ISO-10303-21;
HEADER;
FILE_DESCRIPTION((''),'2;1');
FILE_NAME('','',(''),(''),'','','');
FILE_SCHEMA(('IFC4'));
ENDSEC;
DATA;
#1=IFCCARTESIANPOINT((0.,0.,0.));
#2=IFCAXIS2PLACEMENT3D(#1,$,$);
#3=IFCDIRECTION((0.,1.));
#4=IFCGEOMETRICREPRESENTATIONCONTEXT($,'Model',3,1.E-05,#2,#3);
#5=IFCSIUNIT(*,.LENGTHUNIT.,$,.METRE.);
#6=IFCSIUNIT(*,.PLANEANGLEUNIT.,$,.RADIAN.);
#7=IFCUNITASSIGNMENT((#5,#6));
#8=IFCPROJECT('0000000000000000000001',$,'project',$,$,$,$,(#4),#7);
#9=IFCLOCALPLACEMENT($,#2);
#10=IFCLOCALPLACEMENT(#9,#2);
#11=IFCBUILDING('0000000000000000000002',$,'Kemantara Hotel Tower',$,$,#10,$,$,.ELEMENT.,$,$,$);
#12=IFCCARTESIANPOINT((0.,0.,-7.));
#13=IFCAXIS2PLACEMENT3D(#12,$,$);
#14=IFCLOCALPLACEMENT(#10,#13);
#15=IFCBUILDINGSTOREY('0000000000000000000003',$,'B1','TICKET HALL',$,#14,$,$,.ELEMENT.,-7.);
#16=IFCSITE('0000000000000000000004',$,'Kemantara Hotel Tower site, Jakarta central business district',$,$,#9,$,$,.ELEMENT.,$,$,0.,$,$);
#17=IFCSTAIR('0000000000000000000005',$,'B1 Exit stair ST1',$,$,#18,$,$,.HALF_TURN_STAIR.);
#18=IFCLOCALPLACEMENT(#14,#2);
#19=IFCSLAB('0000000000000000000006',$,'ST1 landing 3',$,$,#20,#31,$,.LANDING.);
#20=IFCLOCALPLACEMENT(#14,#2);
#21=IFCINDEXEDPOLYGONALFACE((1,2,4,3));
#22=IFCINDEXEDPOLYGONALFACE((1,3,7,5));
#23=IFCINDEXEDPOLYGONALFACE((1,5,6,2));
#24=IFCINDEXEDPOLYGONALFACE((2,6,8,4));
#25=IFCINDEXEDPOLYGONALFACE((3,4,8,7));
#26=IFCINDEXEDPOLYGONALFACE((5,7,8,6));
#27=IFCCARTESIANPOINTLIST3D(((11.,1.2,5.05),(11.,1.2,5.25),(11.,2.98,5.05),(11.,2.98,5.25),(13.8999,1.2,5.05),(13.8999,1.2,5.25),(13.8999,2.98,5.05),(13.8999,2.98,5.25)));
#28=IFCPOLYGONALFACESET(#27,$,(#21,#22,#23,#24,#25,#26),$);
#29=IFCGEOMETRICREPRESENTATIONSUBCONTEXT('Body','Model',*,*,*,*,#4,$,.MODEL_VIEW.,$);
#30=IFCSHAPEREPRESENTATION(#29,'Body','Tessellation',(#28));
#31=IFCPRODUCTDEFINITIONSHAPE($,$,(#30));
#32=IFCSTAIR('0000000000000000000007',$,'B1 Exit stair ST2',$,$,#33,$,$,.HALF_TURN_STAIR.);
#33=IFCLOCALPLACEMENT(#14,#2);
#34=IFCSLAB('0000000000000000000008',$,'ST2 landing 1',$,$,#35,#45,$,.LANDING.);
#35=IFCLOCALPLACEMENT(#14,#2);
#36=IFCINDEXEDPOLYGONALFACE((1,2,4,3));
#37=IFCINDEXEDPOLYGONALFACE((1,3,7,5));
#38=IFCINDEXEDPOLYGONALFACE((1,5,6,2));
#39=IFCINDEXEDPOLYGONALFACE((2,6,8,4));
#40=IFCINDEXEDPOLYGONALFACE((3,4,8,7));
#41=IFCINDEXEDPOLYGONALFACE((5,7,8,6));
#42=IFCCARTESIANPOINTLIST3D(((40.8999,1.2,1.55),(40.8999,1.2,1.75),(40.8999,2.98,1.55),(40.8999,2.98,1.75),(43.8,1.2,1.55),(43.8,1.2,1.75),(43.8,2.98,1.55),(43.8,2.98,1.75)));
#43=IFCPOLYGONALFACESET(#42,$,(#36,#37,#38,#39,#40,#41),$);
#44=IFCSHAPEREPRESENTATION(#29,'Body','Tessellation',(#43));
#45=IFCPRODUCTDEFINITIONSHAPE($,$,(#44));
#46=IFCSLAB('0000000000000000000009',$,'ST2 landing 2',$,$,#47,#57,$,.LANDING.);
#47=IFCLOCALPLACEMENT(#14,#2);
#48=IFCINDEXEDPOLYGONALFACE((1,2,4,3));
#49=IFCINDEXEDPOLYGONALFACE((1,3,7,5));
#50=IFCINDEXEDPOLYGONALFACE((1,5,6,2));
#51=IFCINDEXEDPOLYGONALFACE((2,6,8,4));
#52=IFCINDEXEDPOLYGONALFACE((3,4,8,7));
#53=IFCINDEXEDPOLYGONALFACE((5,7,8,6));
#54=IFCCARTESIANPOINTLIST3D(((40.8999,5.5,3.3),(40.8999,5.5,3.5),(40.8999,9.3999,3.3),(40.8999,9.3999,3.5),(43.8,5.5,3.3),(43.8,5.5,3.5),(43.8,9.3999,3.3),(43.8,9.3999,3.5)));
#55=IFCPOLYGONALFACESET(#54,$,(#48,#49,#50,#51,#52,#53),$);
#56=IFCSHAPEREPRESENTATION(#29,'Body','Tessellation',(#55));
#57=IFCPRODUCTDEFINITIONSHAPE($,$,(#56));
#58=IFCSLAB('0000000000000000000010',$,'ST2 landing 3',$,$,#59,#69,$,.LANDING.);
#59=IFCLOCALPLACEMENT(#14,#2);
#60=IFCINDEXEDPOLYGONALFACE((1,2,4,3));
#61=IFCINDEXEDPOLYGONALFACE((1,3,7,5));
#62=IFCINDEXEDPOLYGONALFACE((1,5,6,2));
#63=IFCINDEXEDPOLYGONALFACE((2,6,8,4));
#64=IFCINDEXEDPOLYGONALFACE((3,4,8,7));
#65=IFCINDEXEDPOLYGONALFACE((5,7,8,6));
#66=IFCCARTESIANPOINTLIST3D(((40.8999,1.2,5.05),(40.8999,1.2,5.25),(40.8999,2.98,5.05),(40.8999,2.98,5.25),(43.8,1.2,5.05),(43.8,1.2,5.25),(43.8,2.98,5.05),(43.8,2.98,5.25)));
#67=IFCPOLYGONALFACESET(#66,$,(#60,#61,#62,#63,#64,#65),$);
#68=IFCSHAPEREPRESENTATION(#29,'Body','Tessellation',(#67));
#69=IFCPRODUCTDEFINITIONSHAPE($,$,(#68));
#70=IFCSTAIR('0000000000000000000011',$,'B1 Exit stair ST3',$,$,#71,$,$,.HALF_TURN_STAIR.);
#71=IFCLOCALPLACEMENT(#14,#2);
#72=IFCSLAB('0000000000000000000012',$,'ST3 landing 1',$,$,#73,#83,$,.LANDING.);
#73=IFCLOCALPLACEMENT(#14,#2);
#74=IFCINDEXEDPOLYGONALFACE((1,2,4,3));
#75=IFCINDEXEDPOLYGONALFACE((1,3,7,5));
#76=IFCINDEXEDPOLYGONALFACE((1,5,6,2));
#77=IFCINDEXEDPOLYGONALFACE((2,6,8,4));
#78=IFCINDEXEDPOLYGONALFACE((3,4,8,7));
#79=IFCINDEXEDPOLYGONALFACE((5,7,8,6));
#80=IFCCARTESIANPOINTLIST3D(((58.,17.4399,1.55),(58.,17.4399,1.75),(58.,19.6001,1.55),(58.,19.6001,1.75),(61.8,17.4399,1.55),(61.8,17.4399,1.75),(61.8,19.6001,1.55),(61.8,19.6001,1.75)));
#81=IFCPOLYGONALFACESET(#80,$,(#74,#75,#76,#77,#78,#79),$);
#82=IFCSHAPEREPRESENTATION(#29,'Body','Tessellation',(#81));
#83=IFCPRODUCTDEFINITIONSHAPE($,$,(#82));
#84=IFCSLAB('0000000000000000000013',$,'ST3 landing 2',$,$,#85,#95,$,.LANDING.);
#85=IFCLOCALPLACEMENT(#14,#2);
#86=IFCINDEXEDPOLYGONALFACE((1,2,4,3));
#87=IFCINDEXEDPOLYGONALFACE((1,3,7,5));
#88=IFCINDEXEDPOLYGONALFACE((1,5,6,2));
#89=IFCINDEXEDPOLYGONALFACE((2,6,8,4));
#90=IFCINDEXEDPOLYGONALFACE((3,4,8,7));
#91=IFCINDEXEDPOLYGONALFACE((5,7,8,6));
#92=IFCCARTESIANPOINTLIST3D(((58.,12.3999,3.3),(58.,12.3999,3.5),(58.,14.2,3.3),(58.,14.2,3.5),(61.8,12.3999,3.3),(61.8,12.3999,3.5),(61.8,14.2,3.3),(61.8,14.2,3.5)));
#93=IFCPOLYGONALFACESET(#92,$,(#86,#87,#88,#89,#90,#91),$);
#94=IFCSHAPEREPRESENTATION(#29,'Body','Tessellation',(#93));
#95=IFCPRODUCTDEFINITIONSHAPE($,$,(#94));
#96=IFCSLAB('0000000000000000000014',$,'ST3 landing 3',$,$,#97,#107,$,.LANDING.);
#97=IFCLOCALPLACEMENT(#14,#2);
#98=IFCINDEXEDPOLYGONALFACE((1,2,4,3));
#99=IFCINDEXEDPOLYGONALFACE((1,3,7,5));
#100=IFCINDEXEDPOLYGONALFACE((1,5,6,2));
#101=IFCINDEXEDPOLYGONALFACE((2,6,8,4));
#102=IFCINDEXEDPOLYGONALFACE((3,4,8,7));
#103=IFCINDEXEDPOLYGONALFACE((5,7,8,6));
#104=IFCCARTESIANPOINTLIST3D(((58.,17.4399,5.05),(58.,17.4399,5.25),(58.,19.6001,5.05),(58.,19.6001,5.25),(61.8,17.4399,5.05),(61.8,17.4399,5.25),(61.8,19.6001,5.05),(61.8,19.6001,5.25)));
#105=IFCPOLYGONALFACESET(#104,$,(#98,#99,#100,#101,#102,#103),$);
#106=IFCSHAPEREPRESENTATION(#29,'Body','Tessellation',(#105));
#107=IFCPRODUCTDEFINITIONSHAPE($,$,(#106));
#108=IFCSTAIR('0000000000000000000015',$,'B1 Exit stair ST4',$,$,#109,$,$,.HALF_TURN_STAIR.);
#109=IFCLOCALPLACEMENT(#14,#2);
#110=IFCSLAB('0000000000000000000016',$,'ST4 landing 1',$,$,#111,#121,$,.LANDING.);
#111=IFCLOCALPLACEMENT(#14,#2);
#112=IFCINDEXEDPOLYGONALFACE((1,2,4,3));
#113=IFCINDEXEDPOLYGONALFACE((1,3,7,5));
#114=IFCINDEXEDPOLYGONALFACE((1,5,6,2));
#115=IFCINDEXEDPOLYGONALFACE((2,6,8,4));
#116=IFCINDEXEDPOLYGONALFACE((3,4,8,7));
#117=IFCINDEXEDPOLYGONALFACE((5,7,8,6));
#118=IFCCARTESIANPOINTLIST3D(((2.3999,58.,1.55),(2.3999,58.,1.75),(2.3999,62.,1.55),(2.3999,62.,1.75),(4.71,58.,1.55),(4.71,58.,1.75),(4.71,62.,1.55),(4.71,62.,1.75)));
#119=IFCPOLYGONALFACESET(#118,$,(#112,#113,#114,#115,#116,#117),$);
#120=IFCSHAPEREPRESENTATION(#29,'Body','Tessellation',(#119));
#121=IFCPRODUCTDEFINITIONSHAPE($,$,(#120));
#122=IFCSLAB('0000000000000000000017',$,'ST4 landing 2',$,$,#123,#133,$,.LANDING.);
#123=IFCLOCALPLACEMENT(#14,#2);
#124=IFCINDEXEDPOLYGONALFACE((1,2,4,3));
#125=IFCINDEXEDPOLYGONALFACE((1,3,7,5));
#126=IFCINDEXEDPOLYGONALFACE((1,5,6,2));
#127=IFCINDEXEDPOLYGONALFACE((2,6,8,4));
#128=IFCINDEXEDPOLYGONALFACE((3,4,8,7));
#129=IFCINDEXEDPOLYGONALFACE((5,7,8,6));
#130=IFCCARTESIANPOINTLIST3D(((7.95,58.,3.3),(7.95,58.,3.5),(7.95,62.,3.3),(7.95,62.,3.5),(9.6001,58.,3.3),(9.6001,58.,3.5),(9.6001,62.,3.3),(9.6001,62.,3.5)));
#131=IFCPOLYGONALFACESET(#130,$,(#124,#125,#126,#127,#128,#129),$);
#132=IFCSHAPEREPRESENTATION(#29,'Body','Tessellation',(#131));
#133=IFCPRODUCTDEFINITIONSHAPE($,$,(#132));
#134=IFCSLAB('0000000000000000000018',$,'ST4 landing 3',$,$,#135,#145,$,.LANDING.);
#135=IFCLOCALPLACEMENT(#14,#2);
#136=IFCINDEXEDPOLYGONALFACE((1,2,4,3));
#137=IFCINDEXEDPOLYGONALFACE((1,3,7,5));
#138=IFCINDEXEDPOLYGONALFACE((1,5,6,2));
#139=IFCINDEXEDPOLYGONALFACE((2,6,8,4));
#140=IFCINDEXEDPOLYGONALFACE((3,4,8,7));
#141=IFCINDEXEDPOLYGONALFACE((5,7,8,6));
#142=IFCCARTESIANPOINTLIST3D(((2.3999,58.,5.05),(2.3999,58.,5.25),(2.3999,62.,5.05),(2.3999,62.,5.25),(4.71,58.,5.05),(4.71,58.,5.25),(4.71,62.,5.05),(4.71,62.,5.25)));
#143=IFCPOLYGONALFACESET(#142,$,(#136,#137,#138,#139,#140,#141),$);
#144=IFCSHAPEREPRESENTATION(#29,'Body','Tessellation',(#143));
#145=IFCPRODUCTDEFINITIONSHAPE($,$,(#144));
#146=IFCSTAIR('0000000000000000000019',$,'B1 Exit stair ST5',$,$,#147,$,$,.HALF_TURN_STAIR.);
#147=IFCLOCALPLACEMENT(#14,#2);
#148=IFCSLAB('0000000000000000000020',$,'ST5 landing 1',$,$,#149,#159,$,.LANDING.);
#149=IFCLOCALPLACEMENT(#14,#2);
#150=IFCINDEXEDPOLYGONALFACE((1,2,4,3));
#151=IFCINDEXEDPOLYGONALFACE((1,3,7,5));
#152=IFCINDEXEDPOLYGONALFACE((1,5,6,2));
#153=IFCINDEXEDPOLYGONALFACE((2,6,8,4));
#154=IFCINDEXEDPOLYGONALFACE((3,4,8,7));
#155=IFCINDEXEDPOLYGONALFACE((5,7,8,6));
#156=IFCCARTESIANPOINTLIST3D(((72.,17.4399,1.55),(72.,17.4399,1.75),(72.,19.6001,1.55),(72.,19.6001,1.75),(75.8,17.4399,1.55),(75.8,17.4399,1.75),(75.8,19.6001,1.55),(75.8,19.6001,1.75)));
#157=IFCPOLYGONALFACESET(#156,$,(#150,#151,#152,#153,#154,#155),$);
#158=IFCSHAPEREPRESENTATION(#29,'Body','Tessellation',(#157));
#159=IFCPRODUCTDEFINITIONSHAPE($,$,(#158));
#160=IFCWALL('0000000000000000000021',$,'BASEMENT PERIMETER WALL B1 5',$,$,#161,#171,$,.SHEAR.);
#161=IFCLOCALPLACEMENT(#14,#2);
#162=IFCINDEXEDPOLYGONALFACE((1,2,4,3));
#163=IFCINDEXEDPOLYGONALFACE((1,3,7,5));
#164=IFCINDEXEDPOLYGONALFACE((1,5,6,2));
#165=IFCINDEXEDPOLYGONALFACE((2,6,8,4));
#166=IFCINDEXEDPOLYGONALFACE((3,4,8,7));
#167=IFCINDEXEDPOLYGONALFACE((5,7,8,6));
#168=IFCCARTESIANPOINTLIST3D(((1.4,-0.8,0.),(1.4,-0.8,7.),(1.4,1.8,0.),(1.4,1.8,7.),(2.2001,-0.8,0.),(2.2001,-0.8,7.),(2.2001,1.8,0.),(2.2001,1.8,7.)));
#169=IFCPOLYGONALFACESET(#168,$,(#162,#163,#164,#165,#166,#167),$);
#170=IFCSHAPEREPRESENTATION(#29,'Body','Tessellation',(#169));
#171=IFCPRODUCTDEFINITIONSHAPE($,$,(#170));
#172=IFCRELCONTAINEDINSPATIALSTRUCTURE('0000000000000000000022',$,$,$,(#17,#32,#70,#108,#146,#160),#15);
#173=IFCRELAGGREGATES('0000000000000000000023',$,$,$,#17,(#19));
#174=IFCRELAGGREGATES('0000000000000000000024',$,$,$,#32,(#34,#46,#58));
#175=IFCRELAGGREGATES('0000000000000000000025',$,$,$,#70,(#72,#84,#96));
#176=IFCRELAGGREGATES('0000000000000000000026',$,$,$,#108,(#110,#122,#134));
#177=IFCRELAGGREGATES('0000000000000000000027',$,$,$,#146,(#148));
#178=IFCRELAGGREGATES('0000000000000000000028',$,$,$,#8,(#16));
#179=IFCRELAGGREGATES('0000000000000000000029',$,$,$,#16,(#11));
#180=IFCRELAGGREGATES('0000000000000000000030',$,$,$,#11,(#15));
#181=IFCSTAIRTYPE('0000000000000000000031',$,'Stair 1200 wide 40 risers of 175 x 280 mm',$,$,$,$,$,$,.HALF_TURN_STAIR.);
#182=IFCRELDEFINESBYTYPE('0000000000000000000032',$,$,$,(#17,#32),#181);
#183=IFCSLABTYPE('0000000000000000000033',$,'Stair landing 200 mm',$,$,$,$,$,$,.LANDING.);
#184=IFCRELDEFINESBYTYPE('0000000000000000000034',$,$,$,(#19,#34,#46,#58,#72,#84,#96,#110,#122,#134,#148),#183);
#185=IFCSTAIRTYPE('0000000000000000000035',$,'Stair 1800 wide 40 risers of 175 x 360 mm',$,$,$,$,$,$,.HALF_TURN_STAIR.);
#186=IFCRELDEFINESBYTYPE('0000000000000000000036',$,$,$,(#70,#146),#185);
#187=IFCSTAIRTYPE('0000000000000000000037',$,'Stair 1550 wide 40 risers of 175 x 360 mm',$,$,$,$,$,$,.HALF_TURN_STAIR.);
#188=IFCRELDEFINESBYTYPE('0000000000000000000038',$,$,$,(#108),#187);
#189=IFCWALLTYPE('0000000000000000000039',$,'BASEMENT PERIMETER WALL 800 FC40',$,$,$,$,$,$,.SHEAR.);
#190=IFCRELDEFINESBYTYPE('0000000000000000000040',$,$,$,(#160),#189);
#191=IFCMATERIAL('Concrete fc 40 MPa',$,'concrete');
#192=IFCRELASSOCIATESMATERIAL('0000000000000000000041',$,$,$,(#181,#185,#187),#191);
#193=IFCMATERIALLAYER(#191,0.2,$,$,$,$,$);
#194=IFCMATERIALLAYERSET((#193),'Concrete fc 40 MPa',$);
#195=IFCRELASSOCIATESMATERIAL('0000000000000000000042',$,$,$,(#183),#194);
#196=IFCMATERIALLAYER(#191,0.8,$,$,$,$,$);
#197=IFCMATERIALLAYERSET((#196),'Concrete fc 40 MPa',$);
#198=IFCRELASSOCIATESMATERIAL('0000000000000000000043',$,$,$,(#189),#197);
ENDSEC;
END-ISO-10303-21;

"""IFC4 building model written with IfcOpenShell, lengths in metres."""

from ifc_helpers import new_model, si_unit, direction, frame, frame_2d, origin, place, context, subcontext, project, spatial, polyline, rectangle, outline, extrude, material, layer, layer_set, type_object, element, aggregate, save


model = new_model("IFC4")

# Units and contexts
model_context = context("Model", 3, precision=1e-05, world=origin(), true_north=direction((0.0, 1.0)))
body_context = subcontext(model_context, "Body", "Model", "MODEL_VIEW")
ifc_project = project(units=[si_unit("LENGTHUNIT", "METRE"), si_unit("PLANEANGLEUNIT", "RADIAN")], contexts=[model_context])

# Site, building, storey
site_placement = place(None, origin())
site = spatial("IfcSite", under=ifc_project, at=site_placement, Name="Kemantara Hotel Tower site, Jakarta central business district", CompositionType="ELEMENT", RefElevation=0.0)
building_placement = place(site_placement, origin())
building = spatial("IfcBuilding", under=site, at=building_placement, Name="Kemantara Hotel Tower", CompositionType="ELEMENT")
storey_placement = place(building_placement, frame((0.0, 0.0, -7.0)))
storey = spatial("IfcBuildingStorey", under=building, at=storey_placement, Name="B1", Description="TICKET HALL", CompositionType="ELEMENT", Elevation=-7.0)

# Shared definitions
ifc_material = material(Name="Concrete fc 40 MPa", Category="concrete")

# Stairs, slabs
stair_type_1 = type_object("IfcStairType", Name="Stair 1200 wide 40 risers of 175 x 280 mm", PredefinedType="HALF_TURN_STAIR", material=ifc_material)
stair_1_placement = place(storey_placement, origin())
stair_1 = element("IfcStair", 1, at=stair_1_placement, inside=storey, type_object=stair_type_1, Name="B1 Exit stair ST1", PredefinedType="HALF_TURN_STAIR")
ifc_layer_1 = layer(ifc_material, 0.2)
ifc_layer_set_1 = layer_set([ifc_layer_1], Name="Concrete fc 40 MPa")
slab_type_1 = type_object("IfcSlabType", Name="Stair landing 200 mm", PredefinedType="LANDING", material=ifc_layer_set_1)
slab_1_placement = place(storey_placement, frame((0.0, 0.0, 5.05)))
slab_1 = element("IfcSlab", 2, at=slab_1_placement, type_object=slab_type_1, Name="ST1 landing 3", PredefinedType="LANDING", context=body_context, shape_type="SweptSolid", body=[
    extrude(outline(polyline([(11.0, 2.98), (11.0, 1.2), (13.8999, 1.2), (13.8999, 2.98), (11.0, 2.98)])), origin(), (0.0, 0.0, 1.0), 0.2),
])
aggregate(stair_1, [slab_1])
stair_2_placement = place(storey_placement, origin())
stair_2 = element("IfcStair", 3, at=stair_2_placement, inside=storey, type_object=stair_type_1, Name="B1 Exit stair ST2", PredefinedType="HALF_TURN_STAIR")
slab_2_placement = place(storey_placement, frame((0.0, 0.0, 1.55)))
slab_2 = element("IfcSlab", 4, at=slab_2_placement, type_object=slab_type_1, Name="ST2 landing 1", PredefinedType="LANDING", context=body_context, shape_type="SweptSolid", body=[
    extrude(outline(polyline([(40.8999, 2.98), (40.8999, 1.2), (43.8, 1.2), (43.8, 2.98), (40.8999, 2.98)])), origin(), (0.0, 0.0, 1.0), 0.2),
])
slab_3_placement = place(storey_placement, frame((0.0, 0.0, 3.3)))
slab_3 = element("IfcSlab", 5, at=slab_3_placement, type_object=slab_type_1, Name="ST2 landing 2", PredefinedType="LANDING", context=body_context, shape_type="SweptSolid", body=[
    extrude(outline(polyline([(40.8999, 9.3999), (40.8999, 5.5), (43.8, 5.5), (43.8, 9.3999), (40.8999, 9.3999)])), origin(), (0.0, 0.0, 1.0), 0.2),
])
slab_4_placement = place(storey_placement, frame((0.0, 0.0, 5.05)))
slab_4 = element("IfcSlab", 6, at=slab_4_placement, type_object=slab_type_1, Name="ST2 landing 3", PredefinedType="LANDING", context=body_context, shape_type="SweptSolid", body=[
    extrude(outline(polyline([(40.8999, 2.98), (40.8999, 1.2), (43.8, 1.2), (43.8, 2.98), (40.8999, 2.98)])), origin(), (0.0, 0.0, 1.0), 0.2),
])
aggregate(stair_2, [slab_2, slab_3, slab_4])
stair_type_2 = type_object("IfcStairType", Name="Stair 1800 wide 40 risers of 175 x 360 mm", PredefinedType="HALF_TURN_STAIR", material=ifc_material)
stair_3_placement = place(storey_placement, origin())
stair_3 = element("IfcStair", 7, at=stair_3_placement, inside=storey, type_object=stair_type_2, Name="B1 Exit stair ST3", PredefinedType="HALF_TURN_STAIR")
slab_5_placement = place(storey_placement, frame((0.0, 0.0, 1.55)))
slab_5 = element("IfcSlab", 8, at=slab_5_placement, type_object=slab_type_1, Name="ST3 landing 1", PredefinedType="LANDING", context=body_context, shape_type="SweptSolid", body=[
    extrude(outline(polyline([(61.8, 17.4399), (61.8, 19.6001), (58.0, 19.6001), (58.0, 17.4399), (61.8, 17.4399)])), origin(), (0.0, 0.0, 1.0), 0.2),
])
slab_6_placement = place(storey_placement, frame((0.0, 0.0, 3.3)))
slab_6 = element("IfcSlab", 9, at=slab_6_placement, type_object=slab_type_1, Name="ST3 landing 2", PredefinedType="LANDING", context=body_context, shape_type="SweptSolid", body=[
    extrude(outline(polyline([(61.8, 12.3999), (61.8, 14.2), (58.0, 14.2), (58.0, 12.3999), (61.8, 12.3999)])), origin(), (0.0, 0.0, 1.0), 0.2),
])
slab_7_placement = place(storey_placement, frame((0.0, 0.0, 5.05)))
slab_7 = element("IfcSlab", 10, at=slab_7_placement, type_object=slab_type_1, Name="ST3 landing 3", PredefinedType="LANDING", context=body_context, shape_type="SweptSolid", body=[
    extrude(outline(polyline([(61.8, 17.4399), (61.8, 19.6001), (58.0, 19.6001), (58.0, 17.4399), (61.8, 17.4399)])), origin(), (0.0, 0.0, 1.0), 0.2),
])
aggregate(stair_3, [slab_5, slab_6, slab_7])
stair_type_3 = type_object("IfcStairType", Name="Stair 1550 wide 40 risers of 175 x 360 mm", PredefinedType="HALF_TURN_STAIR", material=ifc_material)
stair_4_placement = place(storey_placement, origin())
stair_4 = element("IfcStair", 11, at=stair_4_placement, inside=storey, type_object=stair_type_3, Name="B1 Exit stair ST4", PredefinedType="HALF_TURN_STAIR")
slab_8_placement = place(storey_placement, frame((0.0, 0.0, 1.55)))
slab_8 = element("IfcSlab", 12, at=slab_8_placement, type_object=slab_type_1, Name="ST4 landing 1", PredefinedType="LANDING", context=body_context, shape_type="SweptSolid", body=[
    extrude(outline(polyline([(4.71, 62.0), (2.3999, 62.0), (2.3999, 58.0), (4.71, 58.0), (4.71, 62.0)])), origin(), (0.0, 0.0, 1.0), 0.2),
])
slab_9_placement = place(storey_placement, frame((0.0, 0.0, 3.3)))
slab_9 = element("IfcSlab", 13, at=slab_9_placement, type_object=slab_type_1, Name="ST4 landing 2", PredefinedType="LANDING", context=body_context, shape_type="SweptSolid", body=[
    extrude(outline(polyline([(9.6001, 62.0), (7.95, 62.0), (7.95, 58.0), (9.6001, 58.0), (9.6001, 62.0)])), origin(), (0.0, 0.0, 1.0), 0.2),
])
slab_10_placement = place(storey_placement, frame((0.0, 0.0, 5.05)))
slab_10 = element("IfcSlab", 14, at=slab_10_placement, type_object=slab_type_1, Name="ST4 landing 3", PredefinedType="LANDING", context=body_context, shape_type="SweptSolid", body=[
    extrude(outline(polyline([(4.71, 62.0), (2.3999, 62.0), (2.3999, 58.0), (4.71, 58.0), (4.71, 62.0)])), origin(), (0.0, 0.0, 1.0), 0.2),
])
aggregate(stair_4, [slab_8, slab_9, slab_10])

# Stair, slab
stair_5_placement = place(storey_placement, origin())
stair_5 = element("IfcStair", 15, at=stair_5_placement, inside=storey, type_object=stair_type_2, Name="B1 Exit stair ST5", PredefinedType="HALF_TURN_STAIR")
slab_11_placement = place(storey_placement, frame((0.0, 0.0, 1.55)))
slab_11 = element("IfcSlab", 16, at=slab_11_placement, type_object=slab_type_1, Name="ST5 landing 1", PredefinedType="LANDING", context=body_context, shape_type="SweptSolid", body=[
    extrude(outline(polyline([(75.8, 17.4399), (75.8, 19.6001), (72.0, 19.6001), (72.0, 17.4399), (75.8, 17.4399)])), origin(), (0.0, 0.0, 1.0), 0.2),
])
aggregate(stair_5, [slab_11])

# Wall
ifc_layer_2 = layer(ifc_material, 0.8)
ifc_layer_set_2 = layer_set([ifc_layer_2], Name="Concrete fc 40 MPa")
wall_type = type_object("IfcWallType", Name="BASEMENT PERIMETER WALL 800 FC40", PredefinedType="SHEAR", material=ifc_layer_set_2)
wall_placement = place(storey_placement, frame((1.8, -0.8, 0.0), z_axis=(0.0, 0.0, 1.0), x_axis=(0.0, 1.0, 0.0)))
element("IfcWall", 17, at=wall_placement, inside=storey, type_object=wall_type, Name="BASEMENT PERIMETER WALL B1 5", PredefinedType="SHEAR", context=body_context, shape_type="SweptSolid", body=[
    extrude(rectangle(XDim=2.6001, YDim=0.8, at=frame_2d((1.3, 0.0))), origin(), (0.0, 0.0, 1.0), 7.0),
])

save(model, "model.ifc")
